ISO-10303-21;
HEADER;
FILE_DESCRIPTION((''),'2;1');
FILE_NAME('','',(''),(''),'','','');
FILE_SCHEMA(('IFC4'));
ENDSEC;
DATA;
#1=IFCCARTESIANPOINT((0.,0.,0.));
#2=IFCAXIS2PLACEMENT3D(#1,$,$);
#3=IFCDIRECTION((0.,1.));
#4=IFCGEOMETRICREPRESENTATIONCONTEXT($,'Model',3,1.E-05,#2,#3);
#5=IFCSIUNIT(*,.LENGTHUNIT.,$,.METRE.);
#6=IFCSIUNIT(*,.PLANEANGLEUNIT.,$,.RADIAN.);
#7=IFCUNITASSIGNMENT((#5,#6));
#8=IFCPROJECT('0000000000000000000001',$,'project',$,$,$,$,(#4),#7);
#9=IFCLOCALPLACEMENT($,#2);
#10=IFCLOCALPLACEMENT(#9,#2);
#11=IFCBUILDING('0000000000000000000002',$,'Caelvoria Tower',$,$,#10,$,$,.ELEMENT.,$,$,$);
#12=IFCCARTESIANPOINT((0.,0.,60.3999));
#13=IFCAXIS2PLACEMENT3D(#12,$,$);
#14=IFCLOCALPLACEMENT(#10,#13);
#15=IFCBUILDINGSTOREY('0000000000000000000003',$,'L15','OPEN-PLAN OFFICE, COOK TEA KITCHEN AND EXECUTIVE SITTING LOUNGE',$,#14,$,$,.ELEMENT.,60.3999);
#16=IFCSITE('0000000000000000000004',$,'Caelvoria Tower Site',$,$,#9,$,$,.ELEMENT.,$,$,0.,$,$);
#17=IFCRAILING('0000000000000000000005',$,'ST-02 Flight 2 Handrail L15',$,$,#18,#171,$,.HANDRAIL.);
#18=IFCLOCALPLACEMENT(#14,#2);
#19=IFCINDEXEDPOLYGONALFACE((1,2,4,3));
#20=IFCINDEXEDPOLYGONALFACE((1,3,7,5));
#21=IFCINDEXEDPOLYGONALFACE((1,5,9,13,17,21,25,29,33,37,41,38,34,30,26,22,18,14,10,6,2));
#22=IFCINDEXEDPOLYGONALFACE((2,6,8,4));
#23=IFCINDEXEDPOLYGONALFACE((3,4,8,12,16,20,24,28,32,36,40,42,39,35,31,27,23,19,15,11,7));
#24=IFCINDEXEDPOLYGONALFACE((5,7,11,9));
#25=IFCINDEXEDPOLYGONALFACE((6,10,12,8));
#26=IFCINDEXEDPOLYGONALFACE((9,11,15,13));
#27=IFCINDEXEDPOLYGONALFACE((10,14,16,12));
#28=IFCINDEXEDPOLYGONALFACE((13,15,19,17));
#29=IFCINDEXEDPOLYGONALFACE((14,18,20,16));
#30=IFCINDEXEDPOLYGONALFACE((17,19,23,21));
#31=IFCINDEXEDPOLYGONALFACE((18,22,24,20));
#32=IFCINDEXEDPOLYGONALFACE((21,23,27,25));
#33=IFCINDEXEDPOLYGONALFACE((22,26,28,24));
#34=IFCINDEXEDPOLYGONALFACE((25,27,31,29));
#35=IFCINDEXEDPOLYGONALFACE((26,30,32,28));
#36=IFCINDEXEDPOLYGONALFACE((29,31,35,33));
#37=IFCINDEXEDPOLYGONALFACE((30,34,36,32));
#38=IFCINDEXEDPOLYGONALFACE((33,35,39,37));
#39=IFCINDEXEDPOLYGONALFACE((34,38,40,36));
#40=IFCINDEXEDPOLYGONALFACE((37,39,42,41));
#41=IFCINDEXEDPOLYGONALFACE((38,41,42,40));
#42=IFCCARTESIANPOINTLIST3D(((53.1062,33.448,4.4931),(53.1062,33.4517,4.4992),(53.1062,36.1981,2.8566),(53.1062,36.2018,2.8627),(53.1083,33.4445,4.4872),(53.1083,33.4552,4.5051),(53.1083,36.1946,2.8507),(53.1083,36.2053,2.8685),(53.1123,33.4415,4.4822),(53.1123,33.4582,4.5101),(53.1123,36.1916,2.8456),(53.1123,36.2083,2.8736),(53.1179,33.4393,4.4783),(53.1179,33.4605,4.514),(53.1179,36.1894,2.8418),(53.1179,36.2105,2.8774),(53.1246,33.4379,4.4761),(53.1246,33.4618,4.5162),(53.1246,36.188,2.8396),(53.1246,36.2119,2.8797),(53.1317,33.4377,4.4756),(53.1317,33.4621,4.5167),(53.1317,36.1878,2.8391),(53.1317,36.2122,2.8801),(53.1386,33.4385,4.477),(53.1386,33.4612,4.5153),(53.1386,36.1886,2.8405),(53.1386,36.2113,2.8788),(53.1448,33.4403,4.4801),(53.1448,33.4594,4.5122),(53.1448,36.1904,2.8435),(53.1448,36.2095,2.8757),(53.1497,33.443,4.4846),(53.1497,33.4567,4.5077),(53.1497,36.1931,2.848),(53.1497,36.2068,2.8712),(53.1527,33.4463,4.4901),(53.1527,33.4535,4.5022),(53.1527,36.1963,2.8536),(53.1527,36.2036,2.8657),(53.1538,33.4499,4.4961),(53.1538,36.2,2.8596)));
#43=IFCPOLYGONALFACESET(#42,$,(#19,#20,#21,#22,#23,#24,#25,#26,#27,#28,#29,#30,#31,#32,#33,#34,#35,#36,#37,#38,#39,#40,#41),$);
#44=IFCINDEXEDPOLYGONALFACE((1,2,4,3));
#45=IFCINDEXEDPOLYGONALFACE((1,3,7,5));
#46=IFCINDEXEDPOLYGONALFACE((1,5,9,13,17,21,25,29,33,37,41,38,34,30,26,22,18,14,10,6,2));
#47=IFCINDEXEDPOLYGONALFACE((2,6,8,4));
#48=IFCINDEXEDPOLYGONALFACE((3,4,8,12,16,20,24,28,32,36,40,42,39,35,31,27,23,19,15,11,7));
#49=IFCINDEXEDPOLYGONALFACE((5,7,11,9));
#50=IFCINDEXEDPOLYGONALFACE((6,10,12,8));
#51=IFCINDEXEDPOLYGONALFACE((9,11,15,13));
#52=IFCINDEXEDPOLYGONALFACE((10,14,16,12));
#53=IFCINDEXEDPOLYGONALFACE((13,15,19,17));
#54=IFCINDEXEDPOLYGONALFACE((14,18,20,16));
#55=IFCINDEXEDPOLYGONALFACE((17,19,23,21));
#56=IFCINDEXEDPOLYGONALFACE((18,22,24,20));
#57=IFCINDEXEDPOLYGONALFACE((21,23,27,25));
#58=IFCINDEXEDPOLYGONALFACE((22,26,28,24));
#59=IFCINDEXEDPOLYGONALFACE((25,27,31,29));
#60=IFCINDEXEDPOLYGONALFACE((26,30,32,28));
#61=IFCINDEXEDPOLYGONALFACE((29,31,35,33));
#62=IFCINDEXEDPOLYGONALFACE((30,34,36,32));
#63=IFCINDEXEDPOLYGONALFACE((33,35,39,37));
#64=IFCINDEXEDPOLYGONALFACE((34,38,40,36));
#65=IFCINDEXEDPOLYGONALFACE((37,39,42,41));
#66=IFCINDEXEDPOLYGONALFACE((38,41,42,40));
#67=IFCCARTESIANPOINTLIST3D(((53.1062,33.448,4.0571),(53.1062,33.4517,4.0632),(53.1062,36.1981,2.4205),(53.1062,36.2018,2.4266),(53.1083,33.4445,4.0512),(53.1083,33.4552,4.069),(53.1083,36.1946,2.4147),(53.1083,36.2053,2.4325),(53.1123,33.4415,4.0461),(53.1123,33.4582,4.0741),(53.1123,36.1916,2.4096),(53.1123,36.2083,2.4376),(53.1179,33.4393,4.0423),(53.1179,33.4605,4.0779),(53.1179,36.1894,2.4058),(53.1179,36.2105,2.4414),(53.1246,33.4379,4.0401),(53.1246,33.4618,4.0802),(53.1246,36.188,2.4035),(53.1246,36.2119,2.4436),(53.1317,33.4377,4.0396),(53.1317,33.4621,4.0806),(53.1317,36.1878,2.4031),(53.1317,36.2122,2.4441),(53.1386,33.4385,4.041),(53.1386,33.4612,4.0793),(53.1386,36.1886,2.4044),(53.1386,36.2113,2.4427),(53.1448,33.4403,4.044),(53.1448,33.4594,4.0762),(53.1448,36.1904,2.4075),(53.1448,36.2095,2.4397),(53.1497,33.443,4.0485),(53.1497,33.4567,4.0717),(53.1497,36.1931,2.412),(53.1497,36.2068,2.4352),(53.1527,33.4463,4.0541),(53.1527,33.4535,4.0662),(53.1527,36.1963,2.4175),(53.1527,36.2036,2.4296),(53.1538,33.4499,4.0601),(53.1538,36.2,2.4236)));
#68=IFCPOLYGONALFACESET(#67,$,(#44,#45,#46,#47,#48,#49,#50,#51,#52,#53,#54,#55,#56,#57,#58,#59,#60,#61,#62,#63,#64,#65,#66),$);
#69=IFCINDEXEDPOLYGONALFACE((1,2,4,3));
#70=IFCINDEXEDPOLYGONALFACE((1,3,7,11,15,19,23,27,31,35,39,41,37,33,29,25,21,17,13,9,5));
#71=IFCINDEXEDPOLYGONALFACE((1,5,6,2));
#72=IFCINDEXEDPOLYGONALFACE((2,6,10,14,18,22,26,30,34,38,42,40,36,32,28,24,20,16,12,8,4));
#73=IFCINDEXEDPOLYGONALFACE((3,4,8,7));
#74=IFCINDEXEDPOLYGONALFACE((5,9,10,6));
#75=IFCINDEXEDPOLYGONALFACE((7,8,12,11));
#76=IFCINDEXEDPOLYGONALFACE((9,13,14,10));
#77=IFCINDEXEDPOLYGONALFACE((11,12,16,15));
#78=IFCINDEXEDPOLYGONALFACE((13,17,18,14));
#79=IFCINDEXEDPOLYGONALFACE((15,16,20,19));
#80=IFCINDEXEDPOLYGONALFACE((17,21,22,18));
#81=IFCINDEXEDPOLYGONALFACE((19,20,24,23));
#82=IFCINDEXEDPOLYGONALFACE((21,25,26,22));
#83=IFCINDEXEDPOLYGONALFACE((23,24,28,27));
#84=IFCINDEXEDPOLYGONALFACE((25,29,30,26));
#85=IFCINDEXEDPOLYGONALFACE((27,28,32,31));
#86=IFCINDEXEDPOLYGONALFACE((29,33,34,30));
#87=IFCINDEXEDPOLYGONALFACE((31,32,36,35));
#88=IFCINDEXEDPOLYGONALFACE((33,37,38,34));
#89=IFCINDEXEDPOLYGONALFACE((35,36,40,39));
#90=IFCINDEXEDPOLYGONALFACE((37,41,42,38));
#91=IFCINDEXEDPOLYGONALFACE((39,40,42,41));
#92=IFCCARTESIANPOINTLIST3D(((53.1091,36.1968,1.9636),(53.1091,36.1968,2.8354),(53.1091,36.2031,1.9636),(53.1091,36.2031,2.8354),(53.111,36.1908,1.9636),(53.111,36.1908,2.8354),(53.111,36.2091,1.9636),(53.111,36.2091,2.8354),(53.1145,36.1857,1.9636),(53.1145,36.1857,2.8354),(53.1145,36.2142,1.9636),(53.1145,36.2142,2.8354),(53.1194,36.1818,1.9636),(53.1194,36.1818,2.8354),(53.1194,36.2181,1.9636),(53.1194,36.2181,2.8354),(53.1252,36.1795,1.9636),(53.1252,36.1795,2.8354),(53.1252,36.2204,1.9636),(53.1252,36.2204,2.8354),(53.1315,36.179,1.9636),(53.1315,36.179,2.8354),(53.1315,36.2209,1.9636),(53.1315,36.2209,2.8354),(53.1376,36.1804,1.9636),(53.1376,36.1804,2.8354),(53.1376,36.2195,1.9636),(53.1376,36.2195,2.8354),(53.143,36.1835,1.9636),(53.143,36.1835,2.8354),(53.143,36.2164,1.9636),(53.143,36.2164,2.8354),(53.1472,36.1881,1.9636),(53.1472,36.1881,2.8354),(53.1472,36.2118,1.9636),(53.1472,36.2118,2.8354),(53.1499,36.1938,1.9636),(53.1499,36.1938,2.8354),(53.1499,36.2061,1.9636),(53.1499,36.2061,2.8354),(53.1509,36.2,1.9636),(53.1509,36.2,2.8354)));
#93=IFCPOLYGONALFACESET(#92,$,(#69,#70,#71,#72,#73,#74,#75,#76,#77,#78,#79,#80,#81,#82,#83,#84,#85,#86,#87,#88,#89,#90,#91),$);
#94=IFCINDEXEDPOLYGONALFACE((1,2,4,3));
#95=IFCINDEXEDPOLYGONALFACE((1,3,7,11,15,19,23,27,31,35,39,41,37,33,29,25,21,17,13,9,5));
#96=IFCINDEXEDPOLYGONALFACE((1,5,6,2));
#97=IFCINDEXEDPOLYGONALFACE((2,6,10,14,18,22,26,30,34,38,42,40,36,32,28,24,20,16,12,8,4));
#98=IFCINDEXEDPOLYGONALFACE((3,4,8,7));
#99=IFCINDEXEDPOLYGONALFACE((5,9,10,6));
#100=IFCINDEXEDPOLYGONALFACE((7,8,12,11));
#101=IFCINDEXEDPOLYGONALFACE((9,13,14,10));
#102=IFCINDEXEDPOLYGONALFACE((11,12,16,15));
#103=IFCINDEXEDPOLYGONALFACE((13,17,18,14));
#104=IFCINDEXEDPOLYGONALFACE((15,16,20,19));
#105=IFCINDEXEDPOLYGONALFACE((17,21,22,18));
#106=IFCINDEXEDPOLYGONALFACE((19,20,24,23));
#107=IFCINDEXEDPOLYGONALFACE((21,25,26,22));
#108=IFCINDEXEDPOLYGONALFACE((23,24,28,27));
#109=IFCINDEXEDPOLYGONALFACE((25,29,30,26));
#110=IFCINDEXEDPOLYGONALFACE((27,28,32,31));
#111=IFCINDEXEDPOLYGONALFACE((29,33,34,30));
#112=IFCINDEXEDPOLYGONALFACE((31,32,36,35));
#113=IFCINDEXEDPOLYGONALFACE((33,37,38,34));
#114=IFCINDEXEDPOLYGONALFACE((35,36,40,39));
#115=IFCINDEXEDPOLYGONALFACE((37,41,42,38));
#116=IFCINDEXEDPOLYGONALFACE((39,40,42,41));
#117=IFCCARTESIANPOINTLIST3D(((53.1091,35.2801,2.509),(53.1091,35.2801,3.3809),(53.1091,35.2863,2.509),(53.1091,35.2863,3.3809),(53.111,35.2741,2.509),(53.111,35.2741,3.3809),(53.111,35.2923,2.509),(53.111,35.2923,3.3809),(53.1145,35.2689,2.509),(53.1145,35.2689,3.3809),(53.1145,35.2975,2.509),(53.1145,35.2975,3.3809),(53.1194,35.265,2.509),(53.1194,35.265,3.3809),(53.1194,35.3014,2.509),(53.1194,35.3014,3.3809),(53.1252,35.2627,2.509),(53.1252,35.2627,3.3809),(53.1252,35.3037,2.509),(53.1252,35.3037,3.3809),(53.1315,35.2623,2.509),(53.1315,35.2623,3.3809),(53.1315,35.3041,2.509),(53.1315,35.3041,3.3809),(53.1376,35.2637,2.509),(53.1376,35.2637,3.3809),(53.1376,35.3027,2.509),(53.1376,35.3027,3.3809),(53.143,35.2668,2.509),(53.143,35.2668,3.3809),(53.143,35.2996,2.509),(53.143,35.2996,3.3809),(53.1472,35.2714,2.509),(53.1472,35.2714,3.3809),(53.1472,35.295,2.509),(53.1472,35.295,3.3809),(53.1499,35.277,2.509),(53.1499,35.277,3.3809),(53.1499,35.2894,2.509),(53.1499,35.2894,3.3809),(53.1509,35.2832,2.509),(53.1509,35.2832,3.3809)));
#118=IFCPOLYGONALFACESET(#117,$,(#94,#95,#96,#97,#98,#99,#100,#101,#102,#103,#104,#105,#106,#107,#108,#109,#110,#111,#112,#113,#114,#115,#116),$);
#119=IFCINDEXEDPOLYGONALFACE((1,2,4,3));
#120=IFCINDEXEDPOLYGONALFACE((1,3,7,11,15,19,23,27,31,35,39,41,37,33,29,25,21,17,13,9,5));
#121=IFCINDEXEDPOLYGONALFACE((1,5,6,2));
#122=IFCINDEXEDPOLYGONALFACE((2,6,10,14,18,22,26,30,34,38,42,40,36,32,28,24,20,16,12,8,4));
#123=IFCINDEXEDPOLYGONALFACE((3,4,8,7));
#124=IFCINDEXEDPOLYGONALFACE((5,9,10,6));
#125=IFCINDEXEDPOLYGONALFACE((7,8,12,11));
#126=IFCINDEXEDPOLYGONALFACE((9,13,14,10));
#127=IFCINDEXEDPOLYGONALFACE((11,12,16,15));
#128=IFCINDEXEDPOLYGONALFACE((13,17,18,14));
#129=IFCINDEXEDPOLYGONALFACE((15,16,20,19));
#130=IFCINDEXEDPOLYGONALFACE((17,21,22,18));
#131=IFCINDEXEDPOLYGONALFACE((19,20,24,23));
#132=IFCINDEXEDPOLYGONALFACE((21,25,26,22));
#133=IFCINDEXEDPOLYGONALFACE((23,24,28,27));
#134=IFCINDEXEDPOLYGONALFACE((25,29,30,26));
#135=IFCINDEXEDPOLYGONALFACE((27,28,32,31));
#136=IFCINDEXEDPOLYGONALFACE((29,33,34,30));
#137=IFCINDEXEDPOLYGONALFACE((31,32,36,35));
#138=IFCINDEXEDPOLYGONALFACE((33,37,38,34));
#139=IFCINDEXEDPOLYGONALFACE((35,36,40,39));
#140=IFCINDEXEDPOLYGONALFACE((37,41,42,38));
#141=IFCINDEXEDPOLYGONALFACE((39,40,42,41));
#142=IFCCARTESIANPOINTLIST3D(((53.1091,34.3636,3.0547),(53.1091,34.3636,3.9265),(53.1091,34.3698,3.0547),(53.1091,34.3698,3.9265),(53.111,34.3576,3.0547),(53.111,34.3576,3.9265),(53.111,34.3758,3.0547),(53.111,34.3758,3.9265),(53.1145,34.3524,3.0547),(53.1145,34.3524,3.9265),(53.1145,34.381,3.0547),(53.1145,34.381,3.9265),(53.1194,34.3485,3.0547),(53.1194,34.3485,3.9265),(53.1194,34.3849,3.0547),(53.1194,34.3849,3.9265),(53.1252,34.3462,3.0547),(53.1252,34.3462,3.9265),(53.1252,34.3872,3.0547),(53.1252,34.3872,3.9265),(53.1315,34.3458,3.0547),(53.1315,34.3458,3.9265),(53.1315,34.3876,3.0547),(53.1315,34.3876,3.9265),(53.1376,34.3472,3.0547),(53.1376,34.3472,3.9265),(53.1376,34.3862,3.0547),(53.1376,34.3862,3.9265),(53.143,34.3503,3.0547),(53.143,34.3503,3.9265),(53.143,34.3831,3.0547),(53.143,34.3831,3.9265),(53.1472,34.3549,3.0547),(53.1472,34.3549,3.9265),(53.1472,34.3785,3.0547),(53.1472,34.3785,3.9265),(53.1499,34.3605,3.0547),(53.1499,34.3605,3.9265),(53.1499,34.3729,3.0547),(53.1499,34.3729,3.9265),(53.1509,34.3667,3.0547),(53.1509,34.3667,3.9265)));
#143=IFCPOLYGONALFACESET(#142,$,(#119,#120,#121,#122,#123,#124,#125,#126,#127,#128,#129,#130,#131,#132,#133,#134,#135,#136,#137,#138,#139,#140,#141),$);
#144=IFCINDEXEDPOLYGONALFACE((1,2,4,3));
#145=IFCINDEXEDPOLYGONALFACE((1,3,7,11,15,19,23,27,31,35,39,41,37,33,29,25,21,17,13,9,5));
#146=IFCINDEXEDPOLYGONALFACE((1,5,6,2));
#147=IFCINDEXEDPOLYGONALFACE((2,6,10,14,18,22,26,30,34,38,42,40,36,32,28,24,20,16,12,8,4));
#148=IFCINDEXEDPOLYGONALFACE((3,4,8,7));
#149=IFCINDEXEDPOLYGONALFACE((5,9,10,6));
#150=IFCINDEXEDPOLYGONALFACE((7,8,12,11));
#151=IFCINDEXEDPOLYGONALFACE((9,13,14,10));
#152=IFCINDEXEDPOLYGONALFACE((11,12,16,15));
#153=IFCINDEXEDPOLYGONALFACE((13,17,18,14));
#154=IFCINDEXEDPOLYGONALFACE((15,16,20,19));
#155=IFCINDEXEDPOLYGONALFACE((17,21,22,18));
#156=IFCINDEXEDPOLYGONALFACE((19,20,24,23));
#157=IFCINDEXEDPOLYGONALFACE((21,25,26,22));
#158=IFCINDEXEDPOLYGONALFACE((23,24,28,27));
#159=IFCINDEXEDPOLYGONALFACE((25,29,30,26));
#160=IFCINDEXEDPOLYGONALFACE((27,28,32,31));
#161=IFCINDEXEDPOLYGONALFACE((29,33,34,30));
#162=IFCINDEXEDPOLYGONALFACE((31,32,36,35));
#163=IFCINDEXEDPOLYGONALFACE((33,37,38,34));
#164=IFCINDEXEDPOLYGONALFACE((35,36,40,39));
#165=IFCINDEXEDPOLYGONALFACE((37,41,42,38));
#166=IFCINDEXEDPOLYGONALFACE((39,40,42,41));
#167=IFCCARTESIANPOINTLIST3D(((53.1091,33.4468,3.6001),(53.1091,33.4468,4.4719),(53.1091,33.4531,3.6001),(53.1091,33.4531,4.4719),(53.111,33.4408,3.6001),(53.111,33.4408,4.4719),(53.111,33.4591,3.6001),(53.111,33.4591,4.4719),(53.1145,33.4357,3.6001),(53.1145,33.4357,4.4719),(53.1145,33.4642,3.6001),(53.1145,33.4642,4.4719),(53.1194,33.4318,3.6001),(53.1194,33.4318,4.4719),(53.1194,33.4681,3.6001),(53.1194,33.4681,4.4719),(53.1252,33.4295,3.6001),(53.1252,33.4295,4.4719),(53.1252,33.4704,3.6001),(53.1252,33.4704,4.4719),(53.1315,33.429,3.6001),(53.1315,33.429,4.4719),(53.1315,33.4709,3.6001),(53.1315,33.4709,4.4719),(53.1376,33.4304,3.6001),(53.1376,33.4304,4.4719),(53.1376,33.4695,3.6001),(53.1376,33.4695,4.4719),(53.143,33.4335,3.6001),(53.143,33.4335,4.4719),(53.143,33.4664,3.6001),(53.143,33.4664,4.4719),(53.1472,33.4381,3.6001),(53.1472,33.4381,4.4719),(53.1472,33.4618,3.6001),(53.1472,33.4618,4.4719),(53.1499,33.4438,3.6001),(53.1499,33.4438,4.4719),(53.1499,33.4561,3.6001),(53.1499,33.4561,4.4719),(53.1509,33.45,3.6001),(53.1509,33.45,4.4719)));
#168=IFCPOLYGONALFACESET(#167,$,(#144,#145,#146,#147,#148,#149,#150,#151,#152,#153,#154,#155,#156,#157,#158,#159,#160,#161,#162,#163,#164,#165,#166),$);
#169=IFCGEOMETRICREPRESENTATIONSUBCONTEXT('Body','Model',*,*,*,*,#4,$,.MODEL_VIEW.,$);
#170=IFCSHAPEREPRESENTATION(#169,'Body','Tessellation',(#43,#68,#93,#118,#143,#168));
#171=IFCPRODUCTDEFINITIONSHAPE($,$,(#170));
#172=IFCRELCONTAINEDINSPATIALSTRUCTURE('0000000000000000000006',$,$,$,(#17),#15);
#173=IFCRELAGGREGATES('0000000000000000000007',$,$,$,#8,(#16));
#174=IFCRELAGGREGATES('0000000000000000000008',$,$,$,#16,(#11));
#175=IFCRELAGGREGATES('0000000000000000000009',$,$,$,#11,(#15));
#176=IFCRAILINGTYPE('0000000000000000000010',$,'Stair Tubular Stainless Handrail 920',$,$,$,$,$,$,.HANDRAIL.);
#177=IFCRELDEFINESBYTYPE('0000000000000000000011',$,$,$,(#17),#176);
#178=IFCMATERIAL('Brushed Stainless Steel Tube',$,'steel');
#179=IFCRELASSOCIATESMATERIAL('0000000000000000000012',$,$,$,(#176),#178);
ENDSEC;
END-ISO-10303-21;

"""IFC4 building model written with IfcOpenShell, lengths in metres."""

from ifc_helpers import new_model, si_unit, direction, frame, origin, origin_2d, place, context, subcontext, project, spatial, circle, extrude, material, type_object, element, save


model = new_model("IFC4")

# Units and contexts
model_context = context("Model", 3, precision=1e-05, world=origin(), true_north=direction((0.0, 1.0)))
body_context = subcontext(model_context, "Body", "Model", "MODEL_VIEW")
ifc_project = project(units=[si_unit("LENGTHUNIT", "METRE"), si_unit("PLANEANGLEUNIT", "RADIAN")], contexts=[model_context])

# Site, building, storey
site_placement = place(None, origin())
site = spatial("IfcSite", under=ifc_project, at=site_placement, Name="Caelvoria Tower Site", CompositionType="ELEMENT", RefElevation=0.0)
building_placement = place(site_placement, origin())
building = spatial("IfcBuilding", under=site, at=building_placement, Name="Caelvoria Tower", CompositionType="ELEMENT")
storey_placement = place(building_placement, frame((0.0, 0.0, 60.3999)))
storey = spatial("IfcBuildingStorey", under=building, at=storey_placement, Name="L15", Description="OPEN-PLAN OFFICE, COOK TEA KITCHEN AND EXECUTIVE SITTING LOUNGE", CompositionType="ELEMENT", Elevation=60.3999)

# Railing
ifc_material_1 = material(Name="Brushed Stainless Steel Tube", Category="steel")
railing_type_1 = type_object("IfcRailingType", Name="Stair Tubular Stainless Handrail 920", PredefinedType="HANDRAIL", material=ifc_material_1)
railing_1_placement = place(storey_placement, frame((53.1299, 36.2, 1.9636)))
element("IfcRailing", 1, at=railing_1_placement, inside=storey, type_object=railing_type_1, Name="ST-02 Flight 2 Handrail L15", PredefinedType="HANDRAIL", context=body_context, shape_type="SweptSolid", body=[
    extrude(circle(Radius=0.0239, at=origin_2d()), frame((0.0, 0.0, 0.896), z_axis=(0.0, -0.859352, 0.511385), x_axis=(1.0, 0.0, 0.0)), (0.0, 0.0, 1.0), 3.2002),
    extrude(circle(Radius=0.0239, at=origin_2d()), frame((0.0, 0.0, 0.46), z_axis=(0.0, -0.859352, 0.511385), x_axis=(1.0, 0.0, 0.0)), (0.0, 0.0, 1.0), 3.2002),
    extrude(circle(Radius=0.021, at=origin_2d()), origin(), (0.0, 0.0, 1.0), 0.8718),
    extrude(circle(Radius=0.021, at=origin_2d()), frame((0.0, -0.9167, 0.5454)), (0.0, 0.0, 1.0), 0.8718),
    extrude(circle(Radius=0.021, at=origin_2d()), frame((0.0, -1.8333, 1.0911)), (0.0, 0.0, 1.0), 0.8718),
    extrude(circle(Radius=0.021, at=origin_2d()), frame((0.0, -2.75, 1.6365)), (0.0, 0.0, 1.0), 0.8718),
])

save(model, "model.ifc")
